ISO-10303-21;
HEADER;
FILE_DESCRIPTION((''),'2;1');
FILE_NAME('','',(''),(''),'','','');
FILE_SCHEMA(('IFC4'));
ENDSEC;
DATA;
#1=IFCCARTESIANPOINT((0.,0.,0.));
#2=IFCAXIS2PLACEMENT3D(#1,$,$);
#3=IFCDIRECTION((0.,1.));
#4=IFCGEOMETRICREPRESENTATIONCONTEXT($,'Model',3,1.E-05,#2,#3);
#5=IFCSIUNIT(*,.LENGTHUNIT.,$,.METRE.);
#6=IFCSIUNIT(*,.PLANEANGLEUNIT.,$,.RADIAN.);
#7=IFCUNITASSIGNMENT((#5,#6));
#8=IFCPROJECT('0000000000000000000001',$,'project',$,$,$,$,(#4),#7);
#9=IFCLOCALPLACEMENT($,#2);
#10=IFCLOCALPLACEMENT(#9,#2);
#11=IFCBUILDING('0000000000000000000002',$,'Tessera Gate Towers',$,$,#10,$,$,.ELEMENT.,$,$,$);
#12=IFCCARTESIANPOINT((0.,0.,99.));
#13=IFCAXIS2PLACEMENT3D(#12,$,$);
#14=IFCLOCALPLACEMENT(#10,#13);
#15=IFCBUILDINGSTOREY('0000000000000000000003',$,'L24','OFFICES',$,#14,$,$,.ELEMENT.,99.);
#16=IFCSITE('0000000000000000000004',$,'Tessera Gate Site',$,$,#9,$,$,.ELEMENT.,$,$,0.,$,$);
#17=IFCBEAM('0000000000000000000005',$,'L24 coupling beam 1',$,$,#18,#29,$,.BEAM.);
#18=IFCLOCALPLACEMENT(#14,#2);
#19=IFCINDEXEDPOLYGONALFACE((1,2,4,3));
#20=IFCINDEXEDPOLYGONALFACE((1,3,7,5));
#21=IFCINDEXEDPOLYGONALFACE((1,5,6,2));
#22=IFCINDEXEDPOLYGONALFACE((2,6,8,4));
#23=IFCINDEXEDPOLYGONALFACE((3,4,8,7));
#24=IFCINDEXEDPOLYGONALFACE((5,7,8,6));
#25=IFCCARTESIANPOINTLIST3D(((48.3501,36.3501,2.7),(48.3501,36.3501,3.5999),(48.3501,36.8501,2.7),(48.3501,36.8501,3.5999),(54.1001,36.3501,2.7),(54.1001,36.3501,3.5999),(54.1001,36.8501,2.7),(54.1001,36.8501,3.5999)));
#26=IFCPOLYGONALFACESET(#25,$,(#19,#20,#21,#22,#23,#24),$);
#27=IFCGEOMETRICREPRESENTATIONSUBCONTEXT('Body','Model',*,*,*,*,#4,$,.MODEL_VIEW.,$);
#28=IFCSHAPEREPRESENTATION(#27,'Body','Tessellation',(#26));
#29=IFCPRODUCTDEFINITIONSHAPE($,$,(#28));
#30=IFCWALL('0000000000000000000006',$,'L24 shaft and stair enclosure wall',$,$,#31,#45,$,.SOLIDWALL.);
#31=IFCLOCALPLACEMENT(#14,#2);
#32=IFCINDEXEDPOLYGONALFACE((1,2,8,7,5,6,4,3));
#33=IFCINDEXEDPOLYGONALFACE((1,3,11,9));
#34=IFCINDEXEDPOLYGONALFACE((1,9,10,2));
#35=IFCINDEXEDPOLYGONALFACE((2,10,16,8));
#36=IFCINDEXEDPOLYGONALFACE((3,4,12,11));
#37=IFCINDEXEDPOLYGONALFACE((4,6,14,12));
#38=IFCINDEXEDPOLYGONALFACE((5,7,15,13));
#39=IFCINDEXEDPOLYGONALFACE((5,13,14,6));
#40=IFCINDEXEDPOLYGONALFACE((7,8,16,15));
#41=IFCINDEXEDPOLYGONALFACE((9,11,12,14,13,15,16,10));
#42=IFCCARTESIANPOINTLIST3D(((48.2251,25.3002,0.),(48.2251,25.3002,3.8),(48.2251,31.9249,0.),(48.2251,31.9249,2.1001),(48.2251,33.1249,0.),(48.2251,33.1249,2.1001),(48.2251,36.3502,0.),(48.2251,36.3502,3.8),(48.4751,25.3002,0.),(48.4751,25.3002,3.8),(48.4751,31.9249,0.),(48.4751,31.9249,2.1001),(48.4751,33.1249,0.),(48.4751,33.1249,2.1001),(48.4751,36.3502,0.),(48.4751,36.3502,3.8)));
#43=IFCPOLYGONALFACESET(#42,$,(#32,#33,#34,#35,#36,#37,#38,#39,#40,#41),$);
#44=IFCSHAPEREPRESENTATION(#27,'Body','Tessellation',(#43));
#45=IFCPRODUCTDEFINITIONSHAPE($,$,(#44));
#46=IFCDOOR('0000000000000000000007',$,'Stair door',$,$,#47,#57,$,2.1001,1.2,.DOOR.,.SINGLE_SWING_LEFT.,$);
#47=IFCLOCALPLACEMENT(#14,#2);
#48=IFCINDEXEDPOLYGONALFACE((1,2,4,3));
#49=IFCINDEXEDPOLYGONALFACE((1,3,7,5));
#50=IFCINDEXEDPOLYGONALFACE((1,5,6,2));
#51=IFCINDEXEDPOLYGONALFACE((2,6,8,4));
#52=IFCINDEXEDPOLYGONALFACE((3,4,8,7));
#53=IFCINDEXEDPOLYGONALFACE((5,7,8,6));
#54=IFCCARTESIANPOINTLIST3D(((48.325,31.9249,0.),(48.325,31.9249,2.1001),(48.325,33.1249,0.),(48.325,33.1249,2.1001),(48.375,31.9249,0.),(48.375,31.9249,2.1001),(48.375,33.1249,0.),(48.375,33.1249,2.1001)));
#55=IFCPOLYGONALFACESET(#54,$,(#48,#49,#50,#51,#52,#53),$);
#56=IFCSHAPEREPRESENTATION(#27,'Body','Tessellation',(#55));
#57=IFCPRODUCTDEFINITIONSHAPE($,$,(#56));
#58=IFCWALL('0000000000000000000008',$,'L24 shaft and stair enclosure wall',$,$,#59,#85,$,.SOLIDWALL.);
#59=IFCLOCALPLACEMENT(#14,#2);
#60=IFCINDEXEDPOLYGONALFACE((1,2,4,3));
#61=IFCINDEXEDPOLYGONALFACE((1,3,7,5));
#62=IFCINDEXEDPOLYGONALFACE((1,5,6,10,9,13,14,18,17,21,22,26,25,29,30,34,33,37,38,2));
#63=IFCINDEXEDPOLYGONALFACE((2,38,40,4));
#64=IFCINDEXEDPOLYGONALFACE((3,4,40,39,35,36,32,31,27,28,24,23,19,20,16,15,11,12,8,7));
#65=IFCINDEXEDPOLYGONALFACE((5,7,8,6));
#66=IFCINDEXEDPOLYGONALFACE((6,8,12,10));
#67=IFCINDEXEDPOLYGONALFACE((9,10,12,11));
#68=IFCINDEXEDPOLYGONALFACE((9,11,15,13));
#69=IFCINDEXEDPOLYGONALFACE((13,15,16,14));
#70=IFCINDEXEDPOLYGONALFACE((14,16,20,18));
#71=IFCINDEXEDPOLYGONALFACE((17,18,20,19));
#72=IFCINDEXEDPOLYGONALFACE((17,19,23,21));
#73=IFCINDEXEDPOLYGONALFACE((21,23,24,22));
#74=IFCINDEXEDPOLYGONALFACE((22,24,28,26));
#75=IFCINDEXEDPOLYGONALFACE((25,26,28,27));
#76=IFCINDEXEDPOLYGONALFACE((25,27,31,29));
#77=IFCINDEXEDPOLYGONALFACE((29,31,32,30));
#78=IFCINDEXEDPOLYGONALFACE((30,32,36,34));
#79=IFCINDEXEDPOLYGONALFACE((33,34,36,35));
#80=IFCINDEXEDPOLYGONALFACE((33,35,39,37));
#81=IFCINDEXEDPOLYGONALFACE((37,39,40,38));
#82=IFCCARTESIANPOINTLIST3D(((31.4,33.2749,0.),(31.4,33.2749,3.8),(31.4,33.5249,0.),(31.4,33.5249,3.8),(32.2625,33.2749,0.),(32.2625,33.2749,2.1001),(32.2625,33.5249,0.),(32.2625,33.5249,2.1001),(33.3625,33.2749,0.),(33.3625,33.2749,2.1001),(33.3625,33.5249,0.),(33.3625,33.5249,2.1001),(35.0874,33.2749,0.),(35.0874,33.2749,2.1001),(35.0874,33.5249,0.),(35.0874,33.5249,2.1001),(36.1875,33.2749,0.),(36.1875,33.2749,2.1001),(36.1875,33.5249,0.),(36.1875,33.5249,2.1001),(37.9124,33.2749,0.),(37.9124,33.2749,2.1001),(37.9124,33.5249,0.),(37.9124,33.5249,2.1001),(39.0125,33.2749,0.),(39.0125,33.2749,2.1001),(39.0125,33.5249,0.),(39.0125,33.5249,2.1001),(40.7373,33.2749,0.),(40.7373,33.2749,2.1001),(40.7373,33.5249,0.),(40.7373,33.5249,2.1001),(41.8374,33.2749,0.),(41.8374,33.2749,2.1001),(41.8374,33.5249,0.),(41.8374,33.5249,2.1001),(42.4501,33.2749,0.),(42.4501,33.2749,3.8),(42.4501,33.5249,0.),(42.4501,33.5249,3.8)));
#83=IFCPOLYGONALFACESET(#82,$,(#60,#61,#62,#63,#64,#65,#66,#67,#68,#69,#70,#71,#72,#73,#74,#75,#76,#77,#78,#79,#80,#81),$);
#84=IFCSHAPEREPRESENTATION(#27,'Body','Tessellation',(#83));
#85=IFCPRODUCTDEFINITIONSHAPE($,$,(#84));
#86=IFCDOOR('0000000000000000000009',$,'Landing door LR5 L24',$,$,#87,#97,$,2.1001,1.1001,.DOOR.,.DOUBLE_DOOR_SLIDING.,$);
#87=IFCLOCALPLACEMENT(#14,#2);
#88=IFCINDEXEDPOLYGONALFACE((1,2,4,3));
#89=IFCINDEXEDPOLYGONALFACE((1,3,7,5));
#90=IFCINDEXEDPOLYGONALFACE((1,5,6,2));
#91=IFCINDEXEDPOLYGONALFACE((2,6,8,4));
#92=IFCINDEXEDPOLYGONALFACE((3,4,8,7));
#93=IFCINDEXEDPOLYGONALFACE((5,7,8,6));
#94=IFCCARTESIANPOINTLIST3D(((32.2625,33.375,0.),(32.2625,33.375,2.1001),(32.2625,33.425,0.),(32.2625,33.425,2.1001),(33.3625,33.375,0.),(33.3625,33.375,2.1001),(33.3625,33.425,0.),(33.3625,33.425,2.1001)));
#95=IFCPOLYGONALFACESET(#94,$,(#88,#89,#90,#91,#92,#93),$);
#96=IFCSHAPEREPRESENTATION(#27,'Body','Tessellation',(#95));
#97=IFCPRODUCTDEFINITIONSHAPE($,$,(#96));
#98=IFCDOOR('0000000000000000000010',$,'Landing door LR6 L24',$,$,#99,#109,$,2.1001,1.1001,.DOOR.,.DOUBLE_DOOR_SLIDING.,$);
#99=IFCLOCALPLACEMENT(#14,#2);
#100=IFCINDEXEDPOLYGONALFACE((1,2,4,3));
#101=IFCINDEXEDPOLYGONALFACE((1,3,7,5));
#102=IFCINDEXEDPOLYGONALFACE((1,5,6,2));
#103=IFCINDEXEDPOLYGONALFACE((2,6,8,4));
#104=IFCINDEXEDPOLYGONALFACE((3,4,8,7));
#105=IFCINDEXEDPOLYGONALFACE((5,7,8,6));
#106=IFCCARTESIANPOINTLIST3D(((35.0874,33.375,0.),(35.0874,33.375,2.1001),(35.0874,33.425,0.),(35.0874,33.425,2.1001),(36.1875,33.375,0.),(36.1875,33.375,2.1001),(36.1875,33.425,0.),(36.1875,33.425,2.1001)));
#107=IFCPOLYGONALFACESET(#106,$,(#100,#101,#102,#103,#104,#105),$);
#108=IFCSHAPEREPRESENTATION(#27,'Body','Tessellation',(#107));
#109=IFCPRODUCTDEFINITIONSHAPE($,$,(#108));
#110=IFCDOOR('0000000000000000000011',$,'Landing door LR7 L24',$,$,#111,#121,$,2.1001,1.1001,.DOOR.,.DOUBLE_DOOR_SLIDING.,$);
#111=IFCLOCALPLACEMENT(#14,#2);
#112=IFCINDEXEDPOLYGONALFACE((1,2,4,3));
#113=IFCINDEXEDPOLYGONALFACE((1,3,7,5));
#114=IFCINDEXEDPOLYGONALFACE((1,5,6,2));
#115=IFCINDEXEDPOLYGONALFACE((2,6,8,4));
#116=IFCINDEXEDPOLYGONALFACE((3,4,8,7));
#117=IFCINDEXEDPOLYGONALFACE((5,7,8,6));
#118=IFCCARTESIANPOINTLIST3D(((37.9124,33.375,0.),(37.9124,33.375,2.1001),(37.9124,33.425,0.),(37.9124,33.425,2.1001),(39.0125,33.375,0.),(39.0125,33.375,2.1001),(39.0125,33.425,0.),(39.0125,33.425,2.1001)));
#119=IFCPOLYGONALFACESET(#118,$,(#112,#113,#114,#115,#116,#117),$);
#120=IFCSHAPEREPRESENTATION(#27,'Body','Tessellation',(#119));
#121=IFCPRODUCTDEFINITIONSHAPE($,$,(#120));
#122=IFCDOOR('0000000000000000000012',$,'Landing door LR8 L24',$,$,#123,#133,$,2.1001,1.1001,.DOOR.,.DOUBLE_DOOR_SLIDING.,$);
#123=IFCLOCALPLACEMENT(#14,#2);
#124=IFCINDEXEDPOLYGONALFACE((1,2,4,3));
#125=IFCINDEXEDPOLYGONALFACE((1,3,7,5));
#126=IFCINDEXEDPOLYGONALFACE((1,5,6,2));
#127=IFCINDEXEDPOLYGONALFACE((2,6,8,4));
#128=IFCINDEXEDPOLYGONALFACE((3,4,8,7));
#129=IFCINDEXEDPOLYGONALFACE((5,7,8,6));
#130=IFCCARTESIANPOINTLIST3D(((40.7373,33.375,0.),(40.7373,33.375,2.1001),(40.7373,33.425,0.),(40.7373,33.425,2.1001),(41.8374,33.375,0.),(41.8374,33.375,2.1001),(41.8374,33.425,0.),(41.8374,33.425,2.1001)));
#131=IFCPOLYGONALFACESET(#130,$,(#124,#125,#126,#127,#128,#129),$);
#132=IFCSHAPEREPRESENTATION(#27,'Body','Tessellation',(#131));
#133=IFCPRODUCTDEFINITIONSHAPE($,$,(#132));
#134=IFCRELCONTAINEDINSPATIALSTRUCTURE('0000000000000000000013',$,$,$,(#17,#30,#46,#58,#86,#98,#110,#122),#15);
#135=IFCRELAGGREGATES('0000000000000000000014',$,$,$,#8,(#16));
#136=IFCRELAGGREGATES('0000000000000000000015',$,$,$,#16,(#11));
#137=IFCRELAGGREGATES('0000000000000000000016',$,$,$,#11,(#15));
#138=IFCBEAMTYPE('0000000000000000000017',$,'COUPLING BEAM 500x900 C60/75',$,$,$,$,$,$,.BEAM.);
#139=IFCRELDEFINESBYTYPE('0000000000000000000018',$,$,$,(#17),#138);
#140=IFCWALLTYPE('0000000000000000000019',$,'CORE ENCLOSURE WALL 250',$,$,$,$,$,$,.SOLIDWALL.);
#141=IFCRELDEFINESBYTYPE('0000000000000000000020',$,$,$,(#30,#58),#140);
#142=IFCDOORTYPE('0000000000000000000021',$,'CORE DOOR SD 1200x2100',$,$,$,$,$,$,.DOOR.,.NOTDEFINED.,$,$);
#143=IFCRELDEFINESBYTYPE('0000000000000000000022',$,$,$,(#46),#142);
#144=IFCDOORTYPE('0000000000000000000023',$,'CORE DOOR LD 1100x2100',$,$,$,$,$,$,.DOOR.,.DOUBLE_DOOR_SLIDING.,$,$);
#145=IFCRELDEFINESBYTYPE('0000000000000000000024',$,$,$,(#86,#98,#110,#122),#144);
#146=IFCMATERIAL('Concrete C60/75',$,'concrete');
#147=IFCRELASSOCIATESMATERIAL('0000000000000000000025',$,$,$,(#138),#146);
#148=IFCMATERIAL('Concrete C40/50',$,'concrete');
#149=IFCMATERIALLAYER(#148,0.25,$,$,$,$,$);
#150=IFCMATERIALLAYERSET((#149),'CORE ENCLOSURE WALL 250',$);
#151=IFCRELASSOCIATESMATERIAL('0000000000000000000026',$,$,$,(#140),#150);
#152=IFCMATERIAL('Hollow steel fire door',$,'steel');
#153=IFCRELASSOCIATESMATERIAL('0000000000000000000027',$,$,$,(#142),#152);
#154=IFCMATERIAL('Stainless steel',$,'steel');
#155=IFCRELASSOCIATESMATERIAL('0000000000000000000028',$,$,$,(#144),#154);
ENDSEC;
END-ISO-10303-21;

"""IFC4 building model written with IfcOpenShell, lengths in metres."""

from ifc_helpers import new_model, si_unit, direction, frame, frame_2d, origin, origin_2d, place, context, subcontext, project, spatial, rectangle, extrude, source, transform, mapped, material, layer, layer_set, material_profile, profile_set, type_object, element, fill, save


model = new_model("IFC4")

# Units and contexts
model_context = context("Model", 3, precision=1e-05, world=origin(), true_north=direction((0.0, 1.0)))
body_context = subcontext(model_context, "Body", "Model", "MODEL_VIEW")
ifc_project = project(units=[si_unit("LENGTHUNIT", "METRE"), si_unit("PLANEANGLEUNIT", "RADIAN")], contexts=[model_context])

# Site, building, storey
site_placement = place(None, origin())
site = spatial("IfcSite", under=ifc_project, at=site_placement, Name="Tessera Gate Site", CompositionType="ELEMENT", RefElevation=0.0)
building_placement = place(site_placement, origin())
building = spatial("IfcBuilding", under=site, at=building_placement, Name="Tessera Gate Towers", CompositionType="ELEMENT")
storey_placement = place(building_placement, frame((0.0, 0.0, 99.0)))
storey = spatial("IfcBuildingStorey", under=building, at=storey_placement, Name="L24", Description="OFFICES", CompositionType="ELEMENT", Elevation=99.0)

# Beam
ifc_material_1 = material(Name="Concrete C60/75", Category="concrete")
ifc_material_profile = material_profile(ifc_material_1, rectangle(XDim=0.5, YDim=0.8999, at=origin_2d()), Name="RC 500x900")
ifc_profile_set = profile_set([ifc_material_profile], Name="Concrete C60/75")
beam_type = type_object("IfcBeamType", Name="COUPLING BEAM 500x900 C60/75", PredefinedType="BEAM", material=ifc_profile_set)
beam_placement = place(storey_placement, frame((48.3501, 36.6001, 3.1499), z_axis=(1.0, 0.0, 0.0), x_axis=(0.0, 1.0, 0.0)))
element("IfcBeam", 1, at=beam_placement, inside=storey, type_object=beam_type, Name="L24 coupling beam 1", PredefinedType="BEAM", context=body_context, shape_type="SweptSolid", body=[
    extrude(rectangle(XDim=0.5, YDim=0.8999, at=origin_2d()), origin(), (0.0, 0.0, 1.0), 5.75),
])

# Wall, opening, door
ifc_material_2 = material(Name="Concrete C40/50", Category="concrete")
ifc_layer_1 = layer(ifc_material_2, 0.25)
ifc_layer_set_1 = layer_set([ifc_layer_1], Name="CORE ENCLOSURE WALL 250")
wall_type_1 = type_object("IfcWallType", Name="CORE ENCLOSURE WALL 250", PredefinedType="SOLIDWALL", material=ifc_layer_set_1)
wall_1_placement = place(storey_placement, frame((48.3501, 36.3501, 0.0), z_axis=(0.0, 0.0, 1.0), x_axis=(0.0, -1.0, 0.0)))
wall_1 = element("IfcWall", 2, at=wall_1_placement, inside=storey, type_object=wall_type_1, Name="L24 shaft and stair enclosure wall", PredefinedType="SOLIDWALL", context=body_context, shape_type="SweptSolid", body=[
    extrude(rectangle(XDim=11.05, YDim=0.25, at=frame_2d((5.5249, 0.0))), origin(), (0.0, 0.0, 1.0), 3.8),
])
shared_shape_1 = source(origin(), body_context, "Body", "SweptSolid", [
    extrude(rectangle(XDim=1.2, YDim=2.1001, at=frame_2d((0.6001, 1.05))), frame((0.0, 0.135, 0.0), z_axis=(0.0, -1.0, 0.0), x_axis=(1.0, 0.0, 0.0)), (0.0, 0.0, 1.0), 0.27),
])
opening_1_placement = place(wall_1_placement, frame((3.2251, 0.0, 0.0)))
opening_1 = element("IfcOpeningElement", 3, at=opening_1_placement, cuts=wall_1, PredefinedType="OPENING", context=body_context, shape_type="MappedRepresentation", body=[
    mapped(shared_shape_1, transform((0.0, 0.0, 0.0), scale=1.0)),
])
ifc_material_3 = material(Name="Hollow steel fire door", Category="steel")
door_type_1 = type_object("IfcDoorType", Name="CORE DOOR SD 1200x2100", OperationType="NOTDEFINED", PredefinedType="DOOR", material=ifc_material_3)
shared_shape_2 = source(origin(), body_context, "Body", "SweptSolid", [
    extrude(rectangle(XDim=1.2, YDim=2.1001, at=frame_2d((0.6001, 1.05))), frame((0.0, 0.0249, 0.0), z_axis=(0.0, -1.0, 0.0), x_axis=(1.0, 0.0, 0.0)), (0.0, 0.0, 1.0), 0.05),
])
door_1_placement = place(opening_1_placement, origin())
door_1 = element("IfcDoor", 4, at=door_1_placement, inside=storey, type_object=door_type_1, Name="Stair door", OperationType="SINGLE_SWING_LEFT", OverallHeight=2.1001, OverallWidth=1.2, PredefinedType="DOOR", context=body_context, shape_type="MappedRepresentation", body=[
    mapped(shared_shape_2, transform((0.0, 0.0, 0.0), scale=1.0)),
])
fill(opening_1, door_1)

# Wall, openings, doors
wall_2_placement = place(storey_placement, frame((42.45, 33.3999, 0.0), z_axis=(0.0, 0.0, 1.0), x_axis=(-1.0, 0.0, 0.0)))
wall_2 = element("IfcWall", 5, at=wall_2_placement, inside=storey, type_object=wall_type_1, Name="L24 shaft and stair enclosure wall", PredefinedType="SOLIDWALL", context=body_context, shape_type="SweptSolid", body=[
    extrude(rectangle(XDim=11.05, YDim=0.25, at=frame_2d((5.5249, 0.0))), origin(), (0.0, 0.0, 1.0), 3.8),
])
shared_shape_3 = source(origin(), body_context, "Body", "SweptSolid", [
    extrude(rectangle(XDim=1.1001, YDim=2.1001, at=frame_2d((0.55, 1.05))), frame((0.0, 0.135, 0.0), z_axis=(0.0, -1.0, 0.0), x_axis=(1.0, 0.0, 0.0)), (0.0, 0.0, 1.0), 0.27),
])
opening_2_placement = place(wall_2_placement, frame((9.0874, 0.0, 0.0)))
opening_2 = element("IfcOpeningElement", 6, at=opening_2_placement, cuts=wall_2, PredefinedType="OPENING", context=body_context, shape_type="MappedRepresentation", body=[
    mapped(shared_shape_3, transform((0.0, 0.0, 0.0), scale=1.0)),
])
opening_3_placement = place(wall_2_placement, frame((6.2625, 0.0, 0.0)))
opening_3 = element("IfcOpeningElement", 7, at=opening_3_placement, cuts=wall_2, PredefinedType="OPENING", context=body_context, shape_type="MappedRepresentation", body=[
    mapped(shared_shape_3, transform((0.0, 0.0, 0.0), scale=1.0)),
])
opening_4_placement = place(wall_2_placement, frame((3.4375, 0.0, 0.0)))
opening_4 = element("IfcOpeningElement", 8, at=opening_4_placement, cuts=wall_2, PredefinedType="OPENING", context=body_context, shape_type="MappedRepresentation", body=[
    mapped(shared_shape_3, transform((0.0, 0.0, 0.0), scale=1.0)),
])
opening_5_placement = place(wall_2_placement, frame((0.6125, 0.0, 0.0)))
opening_5 = element("IfcOpeningElement", 9, at=opening_5_placement, cuts=wall_2, PredefinedType="OPENING", context=body_context, shape_type="MappedRepresentation", body=[
    mapped(shared_shape_3, transform((0.0, 0.0, 0.0), scale=1.0)),
])
ifc_material_4 = material(Name="Stainless steel", Category="steel")
door_type_2 = type_object("IfcDoorType", Name="CORE DOOR LD 1100x2100", OperationType="DOUBLE_DOOR_SLIDING", PredefinedType="DOOR", material=ifc_material_4)
shared_shape_4 = source(origin(), body_context, "Body", "SweptSolid", [
    extrude(rectangle(XDim=1.1001, YDim=2.1001, at=frame_2d((0.55, 1.05))), frame((0.0, 0.0249, 0.0), z_axis=(0.0, -1.0, 0.0), x_axis=(1.0, 0.0, 0.0)), (0.0, 0.0, 1.0), 0.05),
])
door_2_placement = place(opening_2_placement, origin())
door_2 = element("IfcDoor", 10, at=door_2_placement, inside=storey, type_object=door_type_2, Name="Landing door LR5 L24", OperationType="DOUBLE_DOOR_SLIDING", OverallHeight=2.1001, OverallWidth=1.1001, PredefinedType="DOOR", context=body_context, shape_type="MappedRepresentation", body=[
    mapped(shared_shape_4, transform((0.0, 0.0, 0.0), scale=1.0)),
])
fill(opening_2, door_2)
door_3_placement = place(opening_3_placement, origin())
door_3 = element("IfcDoor", 11, at=door_3_placement, inside=storey, type_object=door_type_2, Name="Landing door LR6 L24", OperationType="DOUBLE_DOOR_SLIDING", OverallHeight=2.1001, OverallWidth=1.1001, PredefinedType="DOOR", context=body_context, shape_type="MappedRepresentation", body=[
    mapped(shared_shape_4, transform((0.0, 0.0, 0.0), scale=1.0)),
])
fill(opening_3, door_3)
door_4_placement = place(opening_4_placement, origin())
door_4 = element("IfcDoor", 12, at=door_4_placement, inside=storey, type_object=door_type_2, Name="Landing door LR7 L24", OperationType="DOUBLE_DOOR_SLIDING", OverallHeight=2.1001, OverallWidth=1.1001, PredefinedType="DOOR", context=body_context, shape_type="MappedRepresentation", body=[
    mapped(shared_shape_4, transform((0.0, 0.0, 0.0), scale=1.0)),
])
fill(opening_4, door_4)
door_5_placement = place(opening_5_placement, origin())
door_5 = element("IfcDoor", 13, at=door_5_placement, inside=storey, type_object=door_type_2, Name="Landing door LR8 L24", OperationType="DOUBLE_DOOR_SLIDING", OverallHeight=2.1001, OverallWidth=1.1001, PredefinedType="DOOR", context=body_context, shape_type="MappedRepresentation", body=[
    mapped(shared_shape_4, transform((0.0, 0.0, 0.0), scale=1.0)),
])
fill(opening_5, door_5)

save(model, "model.ifc")
